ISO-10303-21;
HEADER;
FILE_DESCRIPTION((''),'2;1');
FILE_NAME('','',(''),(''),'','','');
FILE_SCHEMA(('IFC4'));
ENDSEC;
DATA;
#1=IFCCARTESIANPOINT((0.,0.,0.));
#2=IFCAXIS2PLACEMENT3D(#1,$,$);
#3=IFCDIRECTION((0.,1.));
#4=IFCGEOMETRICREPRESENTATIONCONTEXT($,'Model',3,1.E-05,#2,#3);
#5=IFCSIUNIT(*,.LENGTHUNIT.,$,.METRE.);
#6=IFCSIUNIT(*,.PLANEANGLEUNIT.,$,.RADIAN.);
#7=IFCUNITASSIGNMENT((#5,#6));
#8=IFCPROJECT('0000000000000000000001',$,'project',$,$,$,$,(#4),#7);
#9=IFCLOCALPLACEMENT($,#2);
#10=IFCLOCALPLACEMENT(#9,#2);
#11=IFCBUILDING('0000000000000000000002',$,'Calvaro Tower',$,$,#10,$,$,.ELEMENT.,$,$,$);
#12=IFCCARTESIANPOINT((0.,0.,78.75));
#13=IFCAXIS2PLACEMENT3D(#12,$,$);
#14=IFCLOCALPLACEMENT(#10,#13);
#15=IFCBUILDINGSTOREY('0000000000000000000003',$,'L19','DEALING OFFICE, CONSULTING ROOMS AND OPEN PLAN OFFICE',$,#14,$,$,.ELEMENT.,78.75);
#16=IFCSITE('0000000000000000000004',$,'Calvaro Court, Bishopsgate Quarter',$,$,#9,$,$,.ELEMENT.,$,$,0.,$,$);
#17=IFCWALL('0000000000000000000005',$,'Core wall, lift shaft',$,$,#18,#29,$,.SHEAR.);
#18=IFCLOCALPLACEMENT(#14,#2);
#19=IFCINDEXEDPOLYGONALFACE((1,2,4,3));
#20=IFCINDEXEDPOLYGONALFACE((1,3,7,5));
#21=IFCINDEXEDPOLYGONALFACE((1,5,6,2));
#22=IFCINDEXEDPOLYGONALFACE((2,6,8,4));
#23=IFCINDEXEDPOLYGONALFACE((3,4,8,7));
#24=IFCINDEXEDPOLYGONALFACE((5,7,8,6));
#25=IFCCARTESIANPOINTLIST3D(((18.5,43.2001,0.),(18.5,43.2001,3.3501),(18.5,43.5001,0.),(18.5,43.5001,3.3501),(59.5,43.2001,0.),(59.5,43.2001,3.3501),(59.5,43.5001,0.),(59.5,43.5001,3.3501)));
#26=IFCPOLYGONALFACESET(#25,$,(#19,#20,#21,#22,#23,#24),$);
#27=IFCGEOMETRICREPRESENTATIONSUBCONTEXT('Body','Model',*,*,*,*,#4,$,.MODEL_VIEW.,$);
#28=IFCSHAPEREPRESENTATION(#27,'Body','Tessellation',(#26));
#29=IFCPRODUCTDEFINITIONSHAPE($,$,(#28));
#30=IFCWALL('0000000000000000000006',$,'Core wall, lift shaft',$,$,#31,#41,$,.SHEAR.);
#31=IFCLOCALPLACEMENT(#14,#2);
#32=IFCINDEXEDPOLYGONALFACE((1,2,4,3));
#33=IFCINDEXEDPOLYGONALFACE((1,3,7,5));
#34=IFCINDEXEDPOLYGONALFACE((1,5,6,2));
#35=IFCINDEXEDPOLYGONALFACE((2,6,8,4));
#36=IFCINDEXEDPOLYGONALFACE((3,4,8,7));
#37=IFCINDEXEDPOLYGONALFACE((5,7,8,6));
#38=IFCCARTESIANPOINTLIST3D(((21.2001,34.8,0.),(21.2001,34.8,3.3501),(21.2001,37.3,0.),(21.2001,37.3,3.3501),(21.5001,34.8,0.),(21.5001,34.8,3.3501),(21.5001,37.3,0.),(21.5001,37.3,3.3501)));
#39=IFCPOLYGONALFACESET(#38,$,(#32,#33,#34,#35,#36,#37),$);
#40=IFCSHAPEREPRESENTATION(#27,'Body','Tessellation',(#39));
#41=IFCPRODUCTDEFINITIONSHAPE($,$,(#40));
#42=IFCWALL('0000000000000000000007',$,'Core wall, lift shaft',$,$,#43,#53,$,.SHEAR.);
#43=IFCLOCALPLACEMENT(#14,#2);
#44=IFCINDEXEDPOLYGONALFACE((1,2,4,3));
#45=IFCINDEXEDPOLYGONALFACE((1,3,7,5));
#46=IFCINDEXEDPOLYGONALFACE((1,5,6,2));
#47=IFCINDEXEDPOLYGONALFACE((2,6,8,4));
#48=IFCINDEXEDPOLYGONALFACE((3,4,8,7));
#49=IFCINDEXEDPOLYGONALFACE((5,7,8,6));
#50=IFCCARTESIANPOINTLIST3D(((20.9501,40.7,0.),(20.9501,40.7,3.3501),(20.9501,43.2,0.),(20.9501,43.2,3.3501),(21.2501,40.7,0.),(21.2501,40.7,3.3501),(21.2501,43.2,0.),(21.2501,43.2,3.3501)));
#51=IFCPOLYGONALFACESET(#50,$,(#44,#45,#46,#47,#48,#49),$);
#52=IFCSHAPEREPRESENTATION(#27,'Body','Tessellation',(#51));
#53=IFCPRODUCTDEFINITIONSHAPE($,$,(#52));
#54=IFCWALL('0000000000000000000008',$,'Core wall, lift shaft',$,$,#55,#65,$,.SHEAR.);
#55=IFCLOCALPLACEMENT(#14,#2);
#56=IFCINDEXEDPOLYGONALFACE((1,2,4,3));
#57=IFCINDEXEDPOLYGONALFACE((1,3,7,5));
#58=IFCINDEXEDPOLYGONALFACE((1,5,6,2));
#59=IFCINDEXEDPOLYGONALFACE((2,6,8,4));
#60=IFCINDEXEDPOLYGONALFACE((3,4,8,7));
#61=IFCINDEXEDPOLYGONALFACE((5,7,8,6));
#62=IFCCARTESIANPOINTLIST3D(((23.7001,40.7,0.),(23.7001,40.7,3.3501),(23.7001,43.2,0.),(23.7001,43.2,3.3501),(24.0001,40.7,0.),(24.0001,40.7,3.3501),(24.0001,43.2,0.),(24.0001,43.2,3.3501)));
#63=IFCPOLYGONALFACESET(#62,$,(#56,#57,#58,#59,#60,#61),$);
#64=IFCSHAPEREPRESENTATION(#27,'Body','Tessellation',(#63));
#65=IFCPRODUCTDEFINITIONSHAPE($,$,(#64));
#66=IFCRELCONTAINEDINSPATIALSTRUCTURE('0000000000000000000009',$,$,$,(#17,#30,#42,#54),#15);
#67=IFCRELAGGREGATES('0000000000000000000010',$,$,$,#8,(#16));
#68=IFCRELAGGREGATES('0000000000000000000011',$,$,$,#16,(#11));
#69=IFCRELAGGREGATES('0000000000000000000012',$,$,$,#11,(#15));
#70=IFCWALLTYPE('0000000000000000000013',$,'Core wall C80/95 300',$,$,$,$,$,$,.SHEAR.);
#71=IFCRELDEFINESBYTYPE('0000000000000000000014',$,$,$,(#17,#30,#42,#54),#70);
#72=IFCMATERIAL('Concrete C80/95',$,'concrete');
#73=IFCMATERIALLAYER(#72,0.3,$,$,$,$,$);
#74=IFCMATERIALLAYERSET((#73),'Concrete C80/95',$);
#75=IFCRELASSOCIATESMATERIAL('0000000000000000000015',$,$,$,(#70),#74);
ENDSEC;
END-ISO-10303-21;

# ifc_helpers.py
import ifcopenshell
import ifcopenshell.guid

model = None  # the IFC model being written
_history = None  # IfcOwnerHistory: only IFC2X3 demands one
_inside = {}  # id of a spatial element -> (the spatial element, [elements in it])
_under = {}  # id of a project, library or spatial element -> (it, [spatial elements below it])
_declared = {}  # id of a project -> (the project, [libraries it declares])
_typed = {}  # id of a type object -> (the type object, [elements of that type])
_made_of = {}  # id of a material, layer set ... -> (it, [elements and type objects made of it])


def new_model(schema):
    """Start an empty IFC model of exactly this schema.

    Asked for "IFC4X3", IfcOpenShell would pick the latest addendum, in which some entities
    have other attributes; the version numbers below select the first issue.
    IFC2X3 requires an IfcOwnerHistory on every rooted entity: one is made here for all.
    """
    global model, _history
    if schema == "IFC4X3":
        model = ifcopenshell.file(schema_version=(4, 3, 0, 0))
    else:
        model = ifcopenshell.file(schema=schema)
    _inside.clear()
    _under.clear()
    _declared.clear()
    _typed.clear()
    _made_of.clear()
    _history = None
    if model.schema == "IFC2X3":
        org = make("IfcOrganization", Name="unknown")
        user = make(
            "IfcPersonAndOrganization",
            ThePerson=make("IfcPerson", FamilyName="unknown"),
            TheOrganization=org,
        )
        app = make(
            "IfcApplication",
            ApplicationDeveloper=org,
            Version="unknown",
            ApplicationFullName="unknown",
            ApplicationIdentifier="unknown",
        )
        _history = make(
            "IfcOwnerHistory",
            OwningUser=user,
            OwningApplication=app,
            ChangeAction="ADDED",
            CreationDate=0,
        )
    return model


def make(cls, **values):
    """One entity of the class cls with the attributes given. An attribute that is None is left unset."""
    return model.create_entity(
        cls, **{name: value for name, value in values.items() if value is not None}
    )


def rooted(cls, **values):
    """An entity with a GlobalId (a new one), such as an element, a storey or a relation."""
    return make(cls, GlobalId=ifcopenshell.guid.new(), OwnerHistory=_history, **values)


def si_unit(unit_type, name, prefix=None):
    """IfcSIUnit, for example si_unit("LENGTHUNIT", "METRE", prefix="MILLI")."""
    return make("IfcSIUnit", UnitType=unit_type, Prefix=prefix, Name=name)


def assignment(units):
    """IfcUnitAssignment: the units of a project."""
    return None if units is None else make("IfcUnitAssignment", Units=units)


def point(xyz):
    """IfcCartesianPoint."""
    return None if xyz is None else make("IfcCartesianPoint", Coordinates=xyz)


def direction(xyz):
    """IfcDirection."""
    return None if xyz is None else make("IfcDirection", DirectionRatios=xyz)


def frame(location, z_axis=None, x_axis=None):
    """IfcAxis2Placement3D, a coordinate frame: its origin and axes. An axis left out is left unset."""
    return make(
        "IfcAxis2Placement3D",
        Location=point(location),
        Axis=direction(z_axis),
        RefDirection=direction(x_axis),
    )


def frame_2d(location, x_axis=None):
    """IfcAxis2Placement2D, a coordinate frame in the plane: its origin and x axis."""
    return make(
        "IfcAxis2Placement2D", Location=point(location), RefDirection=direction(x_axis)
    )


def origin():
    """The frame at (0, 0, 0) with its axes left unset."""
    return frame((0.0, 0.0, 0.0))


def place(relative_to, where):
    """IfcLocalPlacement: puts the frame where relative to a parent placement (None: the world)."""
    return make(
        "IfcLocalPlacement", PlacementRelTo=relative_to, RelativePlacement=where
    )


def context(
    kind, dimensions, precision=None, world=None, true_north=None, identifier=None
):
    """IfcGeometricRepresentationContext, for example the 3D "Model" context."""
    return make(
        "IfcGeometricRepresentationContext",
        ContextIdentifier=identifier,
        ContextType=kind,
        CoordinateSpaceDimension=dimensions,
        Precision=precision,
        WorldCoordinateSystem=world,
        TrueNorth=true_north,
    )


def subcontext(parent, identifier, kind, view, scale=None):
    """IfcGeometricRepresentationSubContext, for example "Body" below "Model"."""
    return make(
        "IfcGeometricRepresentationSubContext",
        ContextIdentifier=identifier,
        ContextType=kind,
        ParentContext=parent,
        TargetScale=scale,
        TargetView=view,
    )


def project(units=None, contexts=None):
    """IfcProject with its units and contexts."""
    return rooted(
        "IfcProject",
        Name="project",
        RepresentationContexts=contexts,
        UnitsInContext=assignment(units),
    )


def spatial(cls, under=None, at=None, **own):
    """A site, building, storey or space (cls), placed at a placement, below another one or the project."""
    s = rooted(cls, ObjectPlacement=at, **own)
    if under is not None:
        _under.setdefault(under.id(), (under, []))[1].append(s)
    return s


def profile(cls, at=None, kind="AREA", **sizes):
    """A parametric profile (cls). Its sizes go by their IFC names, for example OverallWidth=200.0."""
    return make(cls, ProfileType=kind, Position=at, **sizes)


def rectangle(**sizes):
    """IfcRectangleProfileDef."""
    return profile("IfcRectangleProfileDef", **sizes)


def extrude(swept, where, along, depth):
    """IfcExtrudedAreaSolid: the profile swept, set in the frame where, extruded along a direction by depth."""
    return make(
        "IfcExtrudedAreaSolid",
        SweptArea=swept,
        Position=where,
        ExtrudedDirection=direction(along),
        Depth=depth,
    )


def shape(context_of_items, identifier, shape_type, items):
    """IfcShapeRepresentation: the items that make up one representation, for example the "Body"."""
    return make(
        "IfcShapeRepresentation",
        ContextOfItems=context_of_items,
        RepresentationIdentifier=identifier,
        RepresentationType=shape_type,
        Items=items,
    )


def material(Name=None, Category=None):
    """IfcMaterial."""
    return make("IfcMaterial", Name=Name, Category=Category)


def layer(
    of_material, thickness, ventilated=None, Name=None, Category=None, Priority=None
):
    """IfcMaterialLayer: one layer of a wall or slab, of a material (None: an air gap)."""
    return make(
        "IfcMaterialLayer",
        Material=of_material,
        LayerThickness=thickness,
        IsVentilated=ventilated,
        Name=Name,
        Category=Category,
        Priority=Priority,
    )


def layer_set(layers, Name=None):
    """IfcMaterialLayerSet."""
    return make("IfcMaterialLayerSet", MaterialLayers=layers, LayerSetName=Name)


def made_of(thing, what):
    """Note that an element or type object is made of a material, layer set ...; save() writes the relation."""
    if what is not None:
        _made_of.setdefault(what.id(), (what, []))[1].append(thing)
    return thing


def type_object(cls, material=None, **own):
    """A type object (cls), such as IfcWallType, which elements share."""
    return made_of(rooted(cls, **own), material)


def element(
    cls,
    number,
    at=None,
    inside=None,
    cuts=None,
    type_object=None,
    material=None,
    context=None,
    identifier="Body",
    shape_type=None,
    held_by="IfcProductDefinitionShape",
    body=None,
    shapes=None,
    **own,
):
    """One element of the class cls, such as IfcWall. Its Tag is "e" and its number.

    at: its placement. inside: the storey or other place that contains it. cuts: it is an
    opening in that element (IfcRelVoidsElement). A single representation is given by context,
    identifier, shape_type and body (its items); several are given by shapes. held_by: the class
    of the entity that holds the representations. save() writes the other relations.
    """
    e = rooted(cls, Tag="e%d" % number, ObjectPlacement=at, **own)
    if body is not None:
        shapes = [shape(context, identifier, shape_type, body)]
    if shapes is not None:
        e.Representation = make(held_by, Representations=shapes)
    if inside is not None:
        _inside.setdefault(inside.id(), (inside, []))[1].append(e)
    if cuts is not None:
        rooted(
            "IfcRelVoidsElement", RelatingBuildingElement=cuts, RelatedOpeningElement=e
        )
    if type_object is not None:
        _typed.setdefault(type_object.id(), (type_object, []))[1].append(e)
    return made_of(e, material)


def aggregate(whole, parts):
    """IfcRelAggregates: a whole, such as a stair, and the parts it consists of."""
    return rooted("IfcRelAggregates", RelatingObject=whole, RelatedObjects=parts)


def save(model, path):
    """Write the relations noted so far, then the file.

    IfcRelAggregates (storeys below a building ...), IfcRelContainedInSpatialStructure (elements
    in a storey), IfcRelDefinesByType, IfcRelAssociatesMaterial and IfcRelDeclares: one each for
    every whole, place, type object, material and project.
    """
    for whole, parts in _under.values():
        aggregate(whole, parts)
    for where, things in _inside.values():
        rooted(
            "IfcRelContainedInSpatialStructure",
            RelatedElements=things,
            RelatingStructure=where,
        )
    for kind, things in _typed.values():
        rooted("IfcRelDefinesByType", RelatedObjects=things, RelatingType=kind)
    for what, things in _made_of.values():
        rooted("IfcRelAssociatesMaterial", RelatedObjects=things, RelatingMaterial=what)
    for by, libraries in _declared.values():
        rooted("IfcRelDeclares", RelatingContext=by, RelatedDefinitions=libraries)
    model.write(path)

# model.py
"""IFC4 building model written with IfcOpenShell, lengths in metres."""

from ifc_helpers import new_model, si_unit, direction, frame, frame_2d, origin, place, context, subcontext, project, spatial, rectangle, extrude, material, layer, layer_set, type_object, element, save


model = new_model("IFC4")

# Units and contexts
model_context = context("Model", 3, precision=1e-05, world=origin(), true_north=direction((0.0, 1.0)))
body_context = subcontext(model_context, "Body", "Model", "MODEL_VIEW")
ifc_project = project(units=[si_unit("LENGTHUNIT", "METRE"), si_unit("PLANEANGLEUNIT", "RADIAN")], contexts=[model_context])

# Site, building, storey
site_placement = place(None, origin())
site = spatial("IfcSite", under=ifc_project, at=site_placement, Name="Calvaro Court, Bishopsgate Quarter", CompositionType="ELEMENT", RefElevation=0.0)
building_placement = place(site_placement, origin())
building = spatial("IfcBuilding", under=site, at=building_placement, Name="Calvaro Tower", CompositionType="ELEMENT")
storey_placement = place(building_placement, frame((0.0, 0.0, 78.75)))
storey = spatial("IfcBuildingStorey", under=building, at=storey_placement, Name="L19", Description="DEALING OFFICE, CONSULTING ROOMS AND OPEN PLAN OFFICE", CompositionType="ELEMENT", Elevation=78.75)

# Shared definitions
ifc_material_1 = material(Name="Concrete C80/95", Category="concrete")
ifc_layer_1 = layer(ifc_material_1, 0.3)
ifc_layer_set_1 = layer_set([ifc_layer_1], Name="Concrete C80/95")
wall_type_1 = type_object("IfcWallType", Name="Core wall C80/95 300", PredefinedType="SHEAR", material=ifc_layer_set_1)

# Walls
wall_1_placement = place(storey_placement, frame((18.5, 43.3501, 0.0), z_axis=(0.0, 0.0, 1.0), x_axis=(1.0, 0.0, 0.0)))
element("IfcWall", 1, at=wall_1_placement, inside=storey, type_object=wall_type_1, Name="Core wall, lift shaft", PredefinedType="SHEAR", context=body_context, shape_type="SweptSolid", body=[
    extrude(rectangle(XDim=41.0, YDim=0.3, at=frame_2d((20.5, 0.0))), origin(), (0.0, 0.0, 1.0), 3.3501),
])
for number, where, z_axis, x_axis, name in (
    (2, (21.3501, 34.8, 0.0), (0.0, 0.0, 1.0), (0.0, 1.0, 0.0), "Core wall, lift shaft"),
    (3, (21.1001, 40.7, 0.0), (0.0, 0.0, 1.0), (0.0, 1.0, 0.0), "Core wall, lift shaft"),
    (4, (23.8501, 40.7, 0.0), (0.0, 0.0, 1.0), (0.0, 1.0, 0.0), "Core wall, lift shaft"),
):
    element("IfcWall", number, at=place(storey_placement, frame(where, z_axis=z_axis, x_axis=x_axis)), inside=storey, type_object=wall_type_1, Name=name, PredefinedType="SHEAR", context=body_context, shape_type="SweptSolid", body=[
        extrude(rectangle(XDim=2.5, YDim=0.3, at=frame_2d((1.25, 0.0))), origin(), (0.0, 0.0, 1.0), 3.3501),
    ])

save(model, "model.ifc")
